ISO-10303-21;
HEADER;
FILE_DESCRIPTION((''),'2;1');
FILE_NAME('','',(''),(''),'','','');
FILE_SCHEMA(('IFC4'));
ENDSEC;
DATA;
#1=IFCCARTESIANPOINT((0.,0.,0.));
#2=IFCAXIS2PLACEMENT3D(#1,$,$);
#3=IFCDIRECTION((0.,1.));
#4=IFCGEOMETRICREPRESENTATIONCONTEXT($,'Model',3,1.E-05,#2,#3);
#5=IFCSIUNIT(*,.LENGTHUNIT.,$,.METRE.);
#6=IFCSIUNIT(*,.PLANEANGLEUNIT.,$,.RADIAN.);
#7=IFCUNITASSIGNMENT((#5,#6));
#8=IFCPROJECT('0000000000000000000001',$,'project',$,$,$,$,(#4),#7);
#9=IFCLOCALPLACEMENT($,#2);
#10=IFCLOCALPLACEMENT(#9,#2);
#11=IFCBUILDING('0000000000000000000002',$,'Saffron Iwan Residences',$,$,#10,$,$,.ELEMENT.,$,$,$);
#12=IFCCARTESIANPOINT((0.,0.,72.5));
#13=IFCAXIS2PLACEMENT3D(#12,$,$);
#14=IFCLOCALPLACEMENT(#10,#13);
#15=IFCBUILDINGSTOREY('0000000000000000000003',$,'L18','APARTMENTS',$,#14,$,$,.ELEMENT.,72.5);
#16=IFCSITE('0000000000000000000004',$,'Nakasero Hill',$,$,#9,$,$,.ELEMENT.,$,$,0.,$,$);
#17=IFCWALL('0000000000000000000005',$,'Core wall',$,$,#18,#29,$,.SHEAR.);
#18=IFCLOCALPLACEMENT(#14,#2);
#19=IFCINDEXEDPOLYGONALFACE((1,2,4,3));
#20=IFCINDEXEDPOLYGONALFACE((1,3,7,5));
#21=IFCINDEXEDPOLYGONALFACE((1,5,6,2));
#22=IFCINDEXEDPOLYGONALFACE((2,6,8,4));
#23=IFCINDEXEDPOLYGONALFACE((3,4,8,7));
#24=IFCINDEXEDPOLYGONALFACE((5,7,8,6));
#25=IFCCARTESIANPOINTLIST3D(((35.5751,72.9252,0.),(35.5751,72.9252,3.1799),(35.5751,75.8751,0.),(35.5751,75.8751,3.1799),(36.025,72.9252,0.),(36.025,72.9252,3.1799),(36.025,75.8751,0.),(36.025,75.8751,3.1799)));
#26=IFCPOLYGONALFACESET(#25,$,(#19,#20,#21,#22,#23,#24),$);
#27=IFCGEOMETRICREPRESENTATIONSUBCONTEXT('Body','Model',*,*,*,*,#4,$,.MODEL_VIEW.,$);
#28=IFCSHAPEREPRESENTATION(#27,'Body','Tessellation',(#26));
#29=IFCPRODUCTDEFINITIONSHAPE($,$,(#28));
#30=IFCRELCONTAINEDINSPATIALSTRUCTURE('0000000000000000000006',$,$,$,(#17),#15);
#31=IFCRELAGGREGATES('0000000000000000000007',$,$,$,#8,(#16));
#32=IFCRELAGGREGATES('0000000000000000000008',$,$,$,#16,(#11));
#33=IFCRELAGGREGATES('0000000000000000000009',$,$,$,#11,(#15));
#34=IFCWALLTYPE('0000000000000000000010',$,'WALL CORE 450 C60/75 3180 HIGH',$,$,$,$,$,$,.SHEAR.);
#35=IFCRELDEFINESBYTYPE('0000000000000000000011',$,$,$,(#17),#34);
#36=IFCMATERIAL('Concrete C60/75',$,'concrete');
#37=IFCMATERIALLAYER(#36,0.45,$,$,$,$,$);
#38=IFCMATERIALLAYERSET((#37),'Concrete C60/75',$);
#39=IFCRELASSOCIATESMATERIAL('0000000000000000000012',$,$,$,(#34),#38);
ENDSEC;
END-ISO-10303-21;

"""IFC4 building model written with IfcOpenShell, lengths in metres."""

from ifc_helpers import new_model, si_unit, direction, frame, frame_2d, origin, place, context, subcontext, project, spatial, rectangle, extrude, material, layer, layer_set, type_object, element, save


model = new_model("IFC4")

# Units and contexts
model_context = context("Model", 3, precision=1e-05, world=origin(), true_north=direction((0.0, 1.0)))
body_context = subcontext(model_context, "Body", "Model", "MODEL_VIEW")
ifc_project = project(units=[si_unit("LENGTHUNIT", "METRE"), si_unit("PLANEANGLEUNIT", "RADIAN")], contexts=[model_context])

# Site, building, storey
site_placement = place(None, origin())
site = spatial("IfcSite", under=ifc_project, at=site_placement, Name="Nakasero Hill", CompositionType="ELEMENT", RefElevation=0.0)
building_placement = place(site_placement, origin())
building = spatial("IfcBuilding", under=site, at=building_placement, Name="Saffron Iwan Residences", CompositionType="ELEMENT")
storey_placement = place(building_placement, frame((0.0, 0.0, 72.5)))
storey = spatial("IfcBuildingStorey", under=building, at=storey_placement, Name="L18", Description="APARTMENTS", CompositionType="ELEMENT", Elevation=72.5)

# Shared definitions
ifc_material_1 = material(Name="Concrete C60/75", Category="concrete")
ifc_layer = layer(ifc_material_1, 0.45)
ifc_layer_set = layer_set([ifc_layer], Name="Concrete C60/75")
wall_type = type_object("IfcWallType", Name="WALL CORE 450 C60/75 3180 HIGH", PredefinedType="SHEAR", material=ifc_layer_set)

# Wall
wall_1_placement = place(storey_placement, frame((35.8, 72.925, 0.0), z_axis=(0.0, 0.0, 1.0), x_axis=(0.0, 1.0, 0.0)))
element("IfcWall", 1, at=wall_1_placement, inside=storey, type_object=wall_type, Name="Core wall", PredefinedType="SHEAR", context=body_context, shape_type="SweptSolid", body=[
    extrude(rectangle(XDim=2.95, YDim=0.45, at=frame_2d((1.4751, 0.0))), origin(), (0.0, 0.0, 1.0), 3.1799),
])

save(model, "model.ifc")
